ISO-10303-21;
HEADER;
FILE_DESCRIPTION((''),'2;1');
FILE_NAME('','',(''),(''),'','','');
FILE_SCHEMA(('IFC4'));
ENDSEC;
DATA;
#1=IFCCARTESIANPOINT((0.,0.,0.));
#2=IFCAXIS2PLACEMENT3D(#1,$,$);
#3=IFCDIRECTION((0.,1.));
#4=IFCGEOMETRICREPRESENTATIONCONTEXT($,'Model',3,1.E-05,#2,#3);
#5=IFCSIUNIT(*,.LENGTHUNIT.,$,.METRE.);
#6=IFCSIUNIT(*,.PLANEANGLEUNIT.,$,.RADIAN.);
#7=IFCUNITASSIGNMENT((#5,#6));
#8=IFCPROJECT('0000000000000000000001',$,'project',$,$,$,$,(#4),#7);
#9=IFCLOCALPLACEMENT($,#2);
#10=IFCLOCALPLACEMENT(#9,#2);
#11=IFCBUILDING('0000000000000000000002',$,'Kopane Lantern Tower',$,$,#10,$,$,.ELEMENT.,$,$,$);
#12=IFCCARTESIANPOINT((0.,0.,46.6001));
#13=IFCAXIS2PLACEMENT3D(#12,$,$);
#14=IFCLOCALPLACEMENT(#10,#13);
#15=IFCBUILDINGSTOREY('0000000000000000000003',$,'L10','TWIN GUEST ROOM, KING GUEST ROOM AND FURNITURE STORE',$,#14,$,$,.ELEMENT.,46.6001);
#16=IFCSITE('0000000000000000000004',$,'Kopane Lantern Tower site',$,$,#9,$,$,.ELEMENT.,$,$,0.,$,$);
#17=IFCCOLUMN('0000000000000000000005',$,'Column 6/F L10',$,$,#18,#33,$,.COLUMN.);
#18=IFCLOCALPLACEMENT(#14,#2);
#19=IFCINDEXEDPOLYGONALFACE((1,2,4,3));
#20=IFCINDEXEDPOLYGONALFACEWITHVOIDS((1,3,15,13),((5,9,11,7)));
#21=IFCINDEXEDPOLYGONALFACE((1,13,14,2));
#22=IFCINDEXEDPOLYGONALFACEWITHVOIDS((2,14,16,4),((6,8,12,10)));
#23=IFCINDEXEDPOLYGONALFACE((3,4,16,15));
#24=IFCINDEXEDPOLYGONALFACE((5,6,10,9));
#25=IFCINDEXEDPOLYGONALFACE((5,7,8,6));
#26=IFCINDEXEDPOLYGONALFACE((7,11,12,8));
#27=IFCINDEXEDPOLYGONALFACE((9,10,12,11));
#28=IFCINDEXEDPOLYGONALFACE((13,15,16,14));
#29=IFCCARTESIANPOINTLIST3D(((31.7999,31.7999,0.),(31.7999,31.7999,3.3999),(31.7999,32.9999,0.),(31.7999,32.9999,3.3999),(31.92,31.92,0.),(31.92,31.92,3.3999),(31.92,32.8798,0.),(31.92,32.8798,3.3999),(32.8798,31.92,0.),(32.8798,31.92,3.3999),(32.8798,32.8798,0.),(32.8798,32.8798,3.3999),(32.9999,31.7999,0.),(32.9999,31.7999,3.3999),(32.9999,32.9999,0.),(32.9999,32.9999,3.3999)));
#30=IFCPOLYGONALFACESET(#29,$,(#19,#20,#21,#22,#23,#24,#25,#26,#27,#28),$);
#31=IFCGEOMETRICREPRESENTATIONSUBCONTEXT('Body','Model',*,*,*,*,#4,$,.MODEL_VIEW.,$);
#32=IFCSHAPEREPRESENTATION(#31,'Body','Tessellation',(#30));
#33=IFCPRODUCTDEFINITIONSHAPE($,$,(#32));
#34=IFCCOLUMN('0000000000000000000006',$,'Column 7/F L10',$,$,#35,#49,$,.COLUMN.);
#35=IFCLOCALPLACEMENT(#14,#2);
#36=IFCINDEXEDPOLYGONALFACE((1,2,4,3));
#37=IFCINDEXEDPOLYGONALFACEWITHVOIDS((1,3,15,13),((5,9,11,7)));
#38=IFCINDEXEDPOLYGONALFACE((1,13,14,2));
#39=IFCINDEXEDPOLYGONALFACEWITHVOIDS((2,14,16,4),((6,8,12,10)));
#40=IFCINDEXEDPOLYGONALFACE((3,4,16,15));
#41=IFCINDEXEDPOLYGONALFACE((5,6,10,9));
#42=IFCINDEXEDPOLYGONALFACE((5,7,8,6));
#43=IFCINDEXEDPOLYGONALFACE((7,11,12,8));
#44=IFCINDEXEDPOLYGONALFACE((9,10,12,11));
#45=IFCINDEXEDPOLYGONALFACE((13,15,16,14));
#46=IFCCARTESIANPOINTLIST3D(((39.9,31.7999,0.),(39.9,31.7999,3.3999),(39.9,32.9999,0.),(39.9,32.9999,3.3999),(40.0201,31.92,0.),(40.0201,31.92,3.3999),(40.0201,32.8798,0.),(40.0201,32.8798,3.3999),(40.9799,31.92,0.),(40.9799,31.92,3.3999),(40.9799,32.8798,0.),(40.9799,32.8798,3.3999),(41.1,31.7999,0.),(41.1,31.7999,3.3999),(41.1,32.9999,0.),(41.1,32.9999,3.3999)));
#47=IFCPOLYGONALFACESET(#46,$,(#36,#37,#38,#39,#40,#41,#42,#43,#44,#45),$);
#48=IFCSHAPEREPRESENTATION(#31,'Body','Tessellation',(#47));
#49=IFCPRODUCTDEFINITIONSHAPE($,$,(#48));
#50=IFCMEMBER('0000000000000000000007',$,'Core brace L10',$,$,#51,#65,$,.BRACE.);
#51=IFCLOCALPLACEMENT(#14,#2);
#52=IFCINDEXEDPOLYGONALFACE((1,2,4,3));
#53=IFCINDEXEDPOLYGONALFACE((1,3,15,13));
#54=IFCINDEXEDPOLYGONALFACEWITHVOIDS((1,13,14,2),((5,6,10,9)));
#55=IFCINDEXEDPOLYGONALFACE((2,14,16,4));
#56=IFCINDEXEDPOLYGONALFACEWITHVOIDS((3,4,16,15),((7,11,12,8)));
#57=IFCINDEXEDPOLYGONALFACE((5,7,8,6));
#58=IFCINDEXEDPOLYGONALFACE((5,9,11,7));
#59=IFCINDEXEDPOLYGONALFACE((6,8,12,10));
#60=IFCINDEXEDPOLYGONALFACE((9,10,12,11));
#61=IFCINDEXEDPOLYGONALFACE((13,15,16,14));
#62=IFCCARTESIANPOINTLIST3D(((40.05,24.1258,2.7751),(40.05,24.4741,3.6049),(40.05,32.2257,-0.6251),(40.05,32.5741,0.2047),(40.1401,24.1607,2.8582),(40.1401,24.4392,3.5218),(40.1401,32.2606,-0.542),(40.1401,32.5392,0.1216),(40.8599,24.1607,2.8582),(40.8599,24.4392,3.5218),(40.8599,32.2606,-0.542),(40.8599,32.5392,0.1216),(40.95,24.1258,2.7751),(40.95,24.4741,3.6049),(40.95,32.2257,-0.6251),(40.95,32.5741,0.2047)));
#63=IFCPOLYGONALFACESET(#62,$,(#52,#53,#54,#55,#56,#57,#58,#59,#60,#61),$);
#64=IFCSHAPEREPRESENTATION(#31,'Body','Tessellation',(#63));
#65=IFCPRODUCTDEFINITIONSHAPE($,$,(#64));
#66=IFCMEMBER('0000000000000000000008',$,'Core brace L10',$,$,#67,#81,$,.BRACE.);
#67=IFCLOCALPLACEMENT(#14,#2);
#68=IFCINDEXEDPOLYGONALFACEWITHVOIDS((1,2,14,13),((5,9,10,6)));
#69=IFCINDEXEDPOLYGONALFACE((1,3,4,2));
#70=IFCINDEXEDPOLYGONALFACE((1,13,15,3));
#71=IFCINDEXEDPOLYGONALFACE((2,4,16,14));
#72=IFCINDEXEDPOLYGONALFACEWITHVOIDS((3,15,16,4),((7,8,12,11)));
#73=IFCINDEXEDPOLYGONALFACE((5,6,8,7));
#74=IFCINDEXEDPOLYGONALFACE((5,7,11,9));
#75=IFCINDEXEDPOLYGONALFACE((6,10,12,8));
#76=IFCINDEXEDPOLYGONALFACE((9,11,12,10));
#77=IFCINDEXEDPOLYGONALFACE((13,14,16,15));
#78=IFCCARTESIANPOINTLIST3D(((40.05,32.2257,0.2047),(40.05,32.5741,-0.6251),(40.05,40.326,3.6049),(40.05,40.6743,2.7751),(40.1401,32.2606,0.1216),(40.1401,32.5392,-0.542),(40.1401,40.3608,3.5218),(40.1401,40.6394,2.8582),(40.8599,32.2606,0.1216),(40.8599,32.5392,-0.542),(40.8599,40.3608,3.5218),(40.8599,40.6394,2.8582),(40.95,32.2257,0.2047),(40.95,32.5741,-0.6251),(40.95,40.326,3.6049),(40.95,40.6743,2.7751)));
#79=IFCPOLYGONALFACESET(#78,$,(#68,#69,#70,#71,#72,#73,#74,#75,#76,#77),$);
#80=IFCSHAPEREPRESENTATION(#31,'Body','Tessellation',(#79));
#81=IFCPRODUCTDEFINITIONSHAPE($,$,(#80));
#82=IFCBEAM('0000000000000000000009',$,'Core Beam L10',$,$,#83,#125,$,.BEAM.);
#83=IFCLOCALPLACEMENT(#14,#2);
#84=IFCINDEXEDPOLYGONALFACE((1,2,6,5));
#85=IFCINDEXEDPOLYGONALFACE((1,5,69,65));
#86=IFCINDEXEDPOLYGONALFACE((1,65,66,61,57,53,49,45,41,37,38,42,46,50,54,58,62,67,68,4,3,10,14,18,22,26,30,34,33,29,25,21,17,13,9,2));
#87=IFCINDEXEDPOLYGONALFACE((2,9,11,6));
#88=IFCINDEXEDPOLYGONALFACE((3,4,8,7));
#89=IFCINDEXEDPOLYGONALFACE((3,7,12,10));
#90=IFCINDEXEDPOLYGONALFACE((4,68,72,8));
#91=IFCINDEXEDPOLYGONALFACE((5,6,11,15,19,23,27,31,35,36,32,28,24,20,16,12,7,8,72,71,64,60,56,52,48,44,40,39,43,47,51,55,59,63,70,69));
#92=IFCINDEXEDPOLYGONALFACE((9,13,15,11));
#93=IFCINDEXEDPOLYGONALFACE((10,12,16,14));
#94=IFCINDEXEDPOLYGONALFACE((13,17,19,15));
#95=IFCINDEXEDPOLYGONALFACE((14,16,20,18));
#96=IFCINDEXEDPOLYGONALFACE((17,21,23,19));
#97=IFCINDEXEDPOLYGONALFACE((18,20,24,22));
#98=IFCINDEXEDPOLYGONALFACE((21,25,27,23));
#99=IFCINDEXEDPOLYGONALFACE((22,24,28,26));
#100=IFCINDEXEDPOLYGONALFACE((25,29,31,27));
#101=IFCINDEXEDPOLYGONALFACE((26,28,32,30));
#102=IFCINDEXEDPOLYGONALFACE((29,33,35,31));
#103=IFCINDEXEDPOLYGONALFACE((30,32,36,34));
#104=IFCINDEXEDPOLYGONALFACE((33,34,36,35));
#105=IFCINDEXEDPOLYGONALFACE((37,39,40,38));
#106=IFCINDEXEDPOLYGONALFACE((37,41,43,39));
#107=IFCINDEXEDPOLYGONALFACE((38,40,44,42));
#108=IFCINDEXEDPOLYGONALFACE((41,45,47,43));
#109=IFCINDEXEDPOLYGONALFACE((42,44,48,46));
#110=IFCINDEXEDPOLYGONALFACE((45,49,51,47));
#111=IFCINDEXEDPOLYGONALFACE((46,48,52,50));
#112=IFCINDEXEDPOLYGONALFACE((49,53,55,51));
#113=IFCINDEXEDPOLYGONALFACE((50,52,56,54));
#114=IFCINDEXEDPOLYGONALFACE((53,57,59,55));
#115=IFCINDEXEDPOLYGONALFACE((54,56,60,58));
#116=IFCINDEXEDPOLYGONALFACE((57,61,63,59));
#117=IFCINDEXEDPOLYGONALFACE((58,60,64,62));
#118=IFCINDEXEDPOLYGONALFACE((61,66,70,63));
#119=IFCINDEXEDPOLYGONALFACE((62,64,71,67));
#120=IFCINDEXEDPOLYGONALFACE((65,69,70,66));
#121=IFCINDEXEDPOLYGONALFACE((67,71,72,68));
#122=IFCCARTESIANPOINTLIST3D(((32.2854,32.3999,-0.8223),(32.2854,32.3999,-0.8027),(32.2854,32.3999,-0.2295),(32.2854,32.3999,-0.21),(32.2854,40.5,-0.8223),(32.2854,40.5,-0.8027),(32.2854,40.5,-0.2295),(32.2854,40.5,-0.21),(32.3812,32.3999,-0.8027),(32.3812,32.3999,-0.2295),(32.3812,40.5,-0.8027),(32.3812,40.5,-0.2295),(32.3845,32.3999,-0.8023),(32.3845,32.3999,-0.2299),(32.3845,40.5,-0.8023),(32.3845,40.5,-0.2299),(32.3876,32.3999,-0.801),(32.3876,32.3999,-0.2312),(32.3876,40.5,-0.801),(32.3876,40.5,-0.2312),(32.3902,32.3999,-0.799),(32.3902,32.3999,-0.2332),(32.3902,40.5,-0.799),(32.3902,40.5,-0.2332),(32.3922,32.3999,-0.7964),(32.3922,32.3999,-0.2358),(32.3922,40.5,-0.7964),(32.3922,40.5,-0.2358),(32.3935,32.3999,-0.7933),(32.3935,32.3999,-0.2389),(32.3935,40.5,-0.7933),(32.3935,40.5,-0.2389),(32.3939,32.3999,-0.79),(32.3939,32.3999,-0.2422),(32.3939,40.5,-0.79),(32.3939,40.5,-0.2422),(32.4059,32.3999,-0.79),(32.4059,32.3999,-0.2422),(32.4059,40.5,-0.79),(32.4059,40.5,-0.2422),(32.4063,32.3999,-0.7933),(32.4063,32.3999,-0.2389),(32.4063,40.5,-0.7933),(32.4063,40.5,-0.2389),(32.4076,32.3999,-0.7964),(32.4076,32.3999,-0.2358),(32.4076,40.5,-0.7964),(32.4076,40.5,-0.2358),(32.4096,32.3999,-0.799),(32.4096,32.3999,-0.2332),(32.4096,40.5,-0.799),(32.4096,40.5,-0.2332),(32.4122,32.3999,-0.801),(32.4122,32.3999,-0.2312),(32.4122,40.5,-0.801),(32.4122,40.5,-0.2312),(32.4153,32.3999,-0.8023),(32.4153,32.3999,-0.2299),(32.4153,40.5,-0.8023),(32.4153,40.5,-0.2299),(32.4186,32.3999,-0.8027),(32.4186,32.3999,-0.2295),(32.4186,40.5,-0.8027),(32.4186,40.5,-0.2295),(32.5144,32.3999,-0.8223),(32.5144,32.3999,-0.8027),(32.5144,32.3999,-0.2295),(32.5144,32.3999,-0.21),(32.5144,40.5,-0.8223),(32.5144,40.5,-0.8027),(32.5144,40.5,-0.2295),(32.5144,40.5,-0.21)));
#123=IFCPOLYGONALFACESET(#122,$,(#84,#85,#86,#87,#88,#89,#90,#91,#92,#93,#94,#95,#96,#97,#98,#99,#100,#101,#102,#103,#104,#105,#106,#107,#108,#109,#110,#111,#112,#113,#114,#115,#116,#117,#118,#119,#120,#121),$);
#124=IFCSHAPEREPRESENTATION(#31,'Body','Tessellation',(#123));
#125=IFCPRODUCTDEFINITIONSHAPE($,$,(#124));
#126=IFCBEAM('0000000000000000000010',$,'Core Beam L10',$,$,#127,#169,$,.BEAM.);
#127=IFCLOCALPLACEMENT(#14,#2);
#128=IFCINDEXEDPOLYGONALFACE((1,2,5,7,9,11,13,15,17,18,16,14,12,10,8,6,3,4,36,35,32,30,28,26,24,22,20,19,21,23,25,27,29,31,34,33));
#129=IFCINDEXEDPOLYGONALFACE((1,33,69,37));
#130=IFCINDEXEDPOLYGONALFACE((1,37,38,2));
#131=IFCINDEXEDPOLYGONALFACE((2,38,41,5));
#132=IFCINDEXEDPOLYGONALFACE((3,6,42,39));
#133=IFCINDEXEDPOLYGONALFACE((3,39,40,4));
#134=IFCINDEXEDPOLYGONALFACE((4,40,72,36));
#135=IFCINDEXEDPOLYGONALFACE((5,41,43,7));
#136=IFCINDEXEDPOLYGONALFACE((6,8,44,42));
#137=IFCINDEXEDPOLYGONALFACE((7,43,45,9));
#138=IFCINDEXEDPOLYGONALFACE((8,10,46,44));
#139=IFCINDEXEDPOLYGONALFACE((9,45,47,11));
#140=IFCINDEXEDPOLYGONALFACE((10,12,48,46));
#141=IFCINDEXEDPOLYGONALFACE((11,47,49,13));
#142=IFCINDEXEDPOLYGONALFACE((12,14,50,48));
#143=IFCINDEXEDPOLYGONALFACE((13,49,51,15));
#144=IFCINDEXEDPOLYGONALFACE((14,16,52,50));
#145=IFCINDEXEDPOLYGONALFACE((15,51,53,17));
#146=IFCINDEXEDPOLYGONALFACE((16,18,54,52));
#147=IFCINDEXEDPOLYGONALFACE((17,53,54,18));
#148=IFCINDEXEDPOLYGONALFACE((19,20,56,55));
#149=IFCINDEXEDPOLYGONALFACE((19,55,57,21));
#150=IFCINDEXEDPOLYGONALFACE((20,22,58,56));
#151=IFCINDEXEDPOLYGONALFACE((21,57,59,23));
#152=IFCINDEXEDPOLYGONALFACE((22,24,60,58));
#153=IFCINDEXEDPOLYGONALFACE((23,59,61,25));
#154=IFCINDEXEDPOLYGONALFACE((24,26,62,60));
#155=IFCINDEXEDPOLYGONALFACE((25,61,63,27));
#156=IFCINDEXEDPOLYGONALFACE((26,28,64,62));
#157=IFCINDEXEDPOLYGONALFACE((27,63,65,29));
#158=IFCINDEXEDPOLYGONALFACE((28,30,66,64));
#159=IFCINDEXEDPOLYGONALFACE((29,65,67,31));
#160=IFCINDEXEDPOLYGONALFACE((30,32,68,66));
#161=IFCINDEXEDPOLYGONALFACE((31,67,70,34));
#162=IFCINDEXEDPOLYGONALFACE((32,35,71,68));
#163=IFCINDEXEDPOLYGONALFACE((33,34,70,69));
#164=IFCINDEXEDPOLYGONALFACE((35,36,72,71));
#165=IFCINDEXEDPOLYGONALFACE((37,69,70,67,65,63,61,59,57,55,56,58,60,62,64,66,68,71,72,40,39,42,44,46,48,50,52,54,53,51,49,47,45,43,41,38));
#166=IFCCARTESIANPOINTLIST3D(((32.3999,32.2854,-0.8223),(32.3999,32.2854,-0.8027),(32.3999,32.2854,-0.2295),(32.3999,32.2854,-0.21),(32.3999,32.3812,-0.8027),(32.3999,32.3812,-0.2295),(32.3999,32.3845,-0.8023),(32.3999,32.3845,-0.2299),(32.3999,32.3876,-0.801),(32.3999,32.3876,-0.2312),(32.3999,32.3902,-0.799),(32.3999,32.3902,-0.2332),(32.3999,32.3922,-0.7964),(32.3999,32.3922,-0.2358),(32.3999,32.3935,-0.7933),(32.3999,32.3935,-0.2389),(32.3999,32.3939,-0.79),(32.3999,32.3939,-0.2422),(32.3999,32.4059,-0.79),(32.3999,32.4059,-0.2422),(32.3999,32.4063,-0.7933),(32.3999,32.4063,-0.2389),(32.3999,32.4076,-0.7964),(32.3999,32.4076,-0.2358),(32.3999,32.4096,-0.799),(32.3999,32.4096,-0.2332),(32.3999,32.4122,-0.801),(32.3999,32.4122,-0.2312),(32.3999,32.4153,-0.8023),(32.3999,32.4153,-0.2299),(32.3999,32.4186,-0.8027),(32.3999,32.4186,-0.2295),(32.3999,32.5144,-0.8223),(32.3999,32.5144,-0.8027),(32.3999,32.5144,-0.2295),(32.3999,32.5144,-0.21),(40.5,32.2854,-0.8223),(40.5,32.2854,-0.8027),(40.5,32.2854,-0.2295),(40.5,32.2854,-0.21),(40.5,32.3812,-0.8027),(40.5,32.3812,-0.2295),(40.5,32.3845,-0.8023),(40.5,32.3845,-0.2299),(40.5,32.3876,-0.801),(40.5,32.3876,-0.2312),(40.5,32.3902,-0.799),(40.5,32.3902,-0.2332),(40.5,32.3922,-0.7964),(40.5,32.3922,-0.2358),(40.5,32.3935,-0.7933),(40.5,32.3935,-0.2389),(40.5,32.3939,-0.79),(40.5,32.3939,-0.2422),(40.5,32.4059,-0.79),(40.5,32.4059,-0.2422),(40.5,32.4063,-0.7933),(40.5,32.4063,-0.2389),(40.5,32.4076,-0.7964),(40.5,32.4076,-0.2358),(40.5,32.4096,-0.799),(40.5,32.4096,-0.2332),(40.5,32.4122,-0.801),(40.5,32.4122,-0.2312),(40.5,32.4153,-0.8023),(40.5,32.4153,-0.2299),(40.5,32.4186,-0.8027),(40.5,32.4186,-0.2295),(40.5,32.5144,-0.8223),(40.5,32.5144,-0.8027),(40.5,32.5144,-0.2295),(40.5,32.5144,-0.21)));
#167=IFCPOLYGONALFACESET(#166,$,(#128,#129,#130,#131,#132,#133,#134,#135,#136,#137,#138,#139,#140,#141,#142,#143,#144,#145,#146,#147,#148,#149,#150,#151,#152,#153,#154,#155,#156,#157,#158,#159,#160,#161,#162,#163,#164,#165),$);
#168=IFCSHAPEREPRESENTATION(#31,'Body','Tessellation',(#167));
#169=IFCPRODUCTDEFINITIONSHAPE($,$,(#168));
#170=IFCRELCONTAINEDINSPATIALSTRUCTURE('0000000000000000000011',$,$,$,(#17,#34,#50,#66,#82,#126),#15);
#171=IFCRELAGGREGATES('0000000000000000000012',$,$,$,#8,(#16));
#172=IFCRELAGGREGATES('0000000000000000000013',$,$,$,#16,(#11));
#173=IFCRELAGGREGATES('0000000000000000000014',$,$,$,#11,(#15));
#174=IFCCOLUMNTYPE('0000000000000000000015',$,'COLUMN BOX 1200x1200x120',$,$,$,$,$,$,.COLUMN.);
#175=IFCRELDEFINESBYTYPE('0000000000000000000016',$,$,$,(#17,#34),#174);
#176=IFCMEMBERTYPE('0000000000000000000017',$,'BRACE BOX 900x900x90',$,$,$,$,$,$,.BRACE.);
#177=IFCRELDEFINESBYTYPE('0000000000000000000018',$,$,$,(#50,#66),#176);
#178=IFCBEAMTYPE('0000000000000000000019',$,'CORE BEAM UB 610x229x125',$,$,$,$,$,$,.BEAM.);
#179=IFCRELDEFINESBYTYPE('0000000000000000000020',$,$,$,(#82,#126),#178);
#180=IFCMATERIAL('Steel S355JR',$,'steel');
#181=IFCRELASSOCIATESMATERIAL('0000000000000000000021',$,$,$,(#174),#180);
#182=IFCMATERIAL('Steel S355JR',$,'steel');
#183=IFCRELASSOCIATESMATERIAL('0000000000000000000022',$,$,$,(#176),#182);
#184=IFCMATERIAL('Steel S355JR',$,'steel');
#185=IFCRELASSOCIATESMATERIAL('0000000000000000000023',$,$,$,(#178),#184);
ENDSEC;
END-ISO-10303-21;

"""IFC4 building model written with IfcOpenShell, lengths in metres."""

from ifc_helpers import new_model, si_unit, direction, frame, origin, origin_2d, place, context, subcontext, project, spatial, hollow_rectangle, i_section, extrude, material, material_profile, profile_set, type_object, element, save


model = new_model("IFC4")

# Units and contexts
model_context = context("Model", 3, precision=1e-05, world=origin(), true_north=direction((0.0, 1.0)))
body_context = subcontext(model_context, "Body", "Model", "MODEL_VIEW")
ifc_project = project(units=[si_unit("LENGTHUNIT", "METRE"), si_unit("PLANEANGLEUNIT", "RADIAN")], contexts=[model_context])

# Site, building, storey
site_placement = place(None, origin())
site = spatial("IfcSite", under=ifc_project, at=site_placement, Name="Kopane Lantern Tower site", CompositionType="ELEMENT", RefElevation=0.0)
building_placement = place(site_placement, origin())
building = spatial("IfcBuilding", under=site, at=building_placement, Name="Kopane Lantern Tower", CompositionType="ELEMENT")
storey_placement = place(building_placement, frame((0.0, 0.0, 46.6001)))
storey = spatial("IfcBuildingStorey", under=building, at=storey_placement, Name="L10", Description="TWIN GUEST ROOM, KING GUEST ROOM AND FURNITURE STORE", CompositionType="ELEMENT", Elevation=46.6001)

# Columns
ifc_material_1 = material(Name="Steel S355JR", Category="steel")
ifc_material_profile_1 = material_profile(ifc_material_1, hollow_rectangle(XDim=1.2, YDim=1.2, WallThickness=0.1201, at=origin_2d()), Name="BOX 1200x1200x120")
ifc_profile_set_1 = profile_set([ifc_material_profile_1], Name="Steel S355JR")
column_type = type_object("IfcColumnType", Name="COLUMN BOX 1200x1200x120", PredefinedType="COLUMN", material=ifc_profile_set_1)
for number, where, z_axis, x_axis, name in (
    (1, (32.3999, 32.3999, 0.0), (0.0, 0.0, 1.0), (1.0, 0.0, 0.0), "Column 6/F L10"),
    (2, (40.5, 32.3999, 0.0), (0.0, 0.0, 1.0), (1.0, 0.0, 0.0), "Column 7/F L10"),
):
    element("IfcColumn", number, at=place(storey_placement, frame(where, z_axis=z_axis, x_axis=x_axis)), inside=storey, type_object=column_type, Name=name, PredefinedType="COLUMN", context=body_context, shape_type="SweptSolid", body=[
        extrude(hollow_rectangle(XDim=1.2, YDim=1.2, WallThickness=0.1201, at=origin_2d()), origin(), (0.0, 0.0, 1.0), 3.3999),
    ])

# Members
ifc_material_2 = material(Name="Steel S355JR", Category="steel")
ifc_material_profile_2 = material_profile(ifc_material_2, hollow_rectangle(XDim=0.8999, YDim=0.8999, WallThickness=0.0901, at=origin_2d()), Name="BOX 900x900x90")
ifc_profile_set_2 = profile_set([ifc_material_profile_2], Name="Steel S355JR")
member_type = type_object("IfcMemberType", Name="BRACE BOX 900x900x90", PredefinedType="BRACE", material=ifc_profile_set_2)
member_1_placement = place(storey_placement, frame((40.5, 32.3999, -0.2102), z_axis=(0.0, -0.922055, 0.387059), x_axis=(1.0, 0.0, 0.0)))
element("IfcMember", 3, at=member_1_placement, inside=storey, type_object=member_type, Name="Core brace L10", PredefinedType="BRACE", context=body_context, shape_type="SweptSolid", body=[
    extrude(hollow_rectangle(XDim=0.8999, YDim=0.8999, WallThickness=0.0901, at=origin_2d()), origin(), (0.0, 0.0, 1.0), 8.7847),
])
member_2_placement = place(storey_placement, frame((40.5, 32.3999, -0.2102), z_axis=(0.0, 0.922059, 0.387049), x_axis=(-1.0, 0.0, 0.0)))
element("IfcMember", 4, at=member_2_placement, inside=storey, type_object=member_type, Name="Core brace L10", PredefinedType="BRACE", context=body_context, shape_type="SweptSolid", body=[
    extrude(hollow_rectangle(XDim=0.8999, YDim=0.8999, WallThickness=0.0901, at=origin_2d()), origin(), (0.0, 0.0, 1.0), 8.7849),
])

# Beams
ifc_material_3 = material(Name="Steel S355JR", Category="steel")
ifc_material_profile_3 = material_profile(ifc_material_3, i_section(OverallWidth=0.229, OverallDepth=0.6123, WebThickness=0.012, FlangeThickness=0.0195, FilletRadius=0.0127, at=origin_2d()), Name="UB 610x229x125")
ifc_profile_set_3 = profile_set([ifc_material_profile_3], Name="Steel S355JR")
beam_type_1 = type_object("IfcBeamType", Name="CORE BEAM UB 610x229x125", PredefinedType="BEAM", material=ifc_profile_set_3)
for number, where, z_axis, x_axis, name in (
    (5, (32.3999, 32.3999, -0.5161), (0.0, 1.0, 0.0), (-1.0, 0.0, 0.0), "Core Beam L10"),
    (6, (32.3999, 32.3999, -0.5161), (1.0, 0.0, 0.0), (0.0, 1.0, 0.0), "Core Beam L10"),
):
    element("IfcBeam", number, at=place(storey_placement, frame(where, z_axis=z_axis, x_axis=x_axis)), inside=storey, type_object=beam_type_1, Name=name, PredefinedType="BEAM", context=body_context, shape_type="SweptSolid", body=[
        extrude(i_section(OverallWidth=0.229, OverallDepth=0.6123, WebThickness=0.012, FlangeThickness=0.0195, FilletRadius=0.0127, at=origin_2d()), origin(), (0.0, 0.0, 1.0), 8.1001),
    ])

save(model, "model.ifc")
